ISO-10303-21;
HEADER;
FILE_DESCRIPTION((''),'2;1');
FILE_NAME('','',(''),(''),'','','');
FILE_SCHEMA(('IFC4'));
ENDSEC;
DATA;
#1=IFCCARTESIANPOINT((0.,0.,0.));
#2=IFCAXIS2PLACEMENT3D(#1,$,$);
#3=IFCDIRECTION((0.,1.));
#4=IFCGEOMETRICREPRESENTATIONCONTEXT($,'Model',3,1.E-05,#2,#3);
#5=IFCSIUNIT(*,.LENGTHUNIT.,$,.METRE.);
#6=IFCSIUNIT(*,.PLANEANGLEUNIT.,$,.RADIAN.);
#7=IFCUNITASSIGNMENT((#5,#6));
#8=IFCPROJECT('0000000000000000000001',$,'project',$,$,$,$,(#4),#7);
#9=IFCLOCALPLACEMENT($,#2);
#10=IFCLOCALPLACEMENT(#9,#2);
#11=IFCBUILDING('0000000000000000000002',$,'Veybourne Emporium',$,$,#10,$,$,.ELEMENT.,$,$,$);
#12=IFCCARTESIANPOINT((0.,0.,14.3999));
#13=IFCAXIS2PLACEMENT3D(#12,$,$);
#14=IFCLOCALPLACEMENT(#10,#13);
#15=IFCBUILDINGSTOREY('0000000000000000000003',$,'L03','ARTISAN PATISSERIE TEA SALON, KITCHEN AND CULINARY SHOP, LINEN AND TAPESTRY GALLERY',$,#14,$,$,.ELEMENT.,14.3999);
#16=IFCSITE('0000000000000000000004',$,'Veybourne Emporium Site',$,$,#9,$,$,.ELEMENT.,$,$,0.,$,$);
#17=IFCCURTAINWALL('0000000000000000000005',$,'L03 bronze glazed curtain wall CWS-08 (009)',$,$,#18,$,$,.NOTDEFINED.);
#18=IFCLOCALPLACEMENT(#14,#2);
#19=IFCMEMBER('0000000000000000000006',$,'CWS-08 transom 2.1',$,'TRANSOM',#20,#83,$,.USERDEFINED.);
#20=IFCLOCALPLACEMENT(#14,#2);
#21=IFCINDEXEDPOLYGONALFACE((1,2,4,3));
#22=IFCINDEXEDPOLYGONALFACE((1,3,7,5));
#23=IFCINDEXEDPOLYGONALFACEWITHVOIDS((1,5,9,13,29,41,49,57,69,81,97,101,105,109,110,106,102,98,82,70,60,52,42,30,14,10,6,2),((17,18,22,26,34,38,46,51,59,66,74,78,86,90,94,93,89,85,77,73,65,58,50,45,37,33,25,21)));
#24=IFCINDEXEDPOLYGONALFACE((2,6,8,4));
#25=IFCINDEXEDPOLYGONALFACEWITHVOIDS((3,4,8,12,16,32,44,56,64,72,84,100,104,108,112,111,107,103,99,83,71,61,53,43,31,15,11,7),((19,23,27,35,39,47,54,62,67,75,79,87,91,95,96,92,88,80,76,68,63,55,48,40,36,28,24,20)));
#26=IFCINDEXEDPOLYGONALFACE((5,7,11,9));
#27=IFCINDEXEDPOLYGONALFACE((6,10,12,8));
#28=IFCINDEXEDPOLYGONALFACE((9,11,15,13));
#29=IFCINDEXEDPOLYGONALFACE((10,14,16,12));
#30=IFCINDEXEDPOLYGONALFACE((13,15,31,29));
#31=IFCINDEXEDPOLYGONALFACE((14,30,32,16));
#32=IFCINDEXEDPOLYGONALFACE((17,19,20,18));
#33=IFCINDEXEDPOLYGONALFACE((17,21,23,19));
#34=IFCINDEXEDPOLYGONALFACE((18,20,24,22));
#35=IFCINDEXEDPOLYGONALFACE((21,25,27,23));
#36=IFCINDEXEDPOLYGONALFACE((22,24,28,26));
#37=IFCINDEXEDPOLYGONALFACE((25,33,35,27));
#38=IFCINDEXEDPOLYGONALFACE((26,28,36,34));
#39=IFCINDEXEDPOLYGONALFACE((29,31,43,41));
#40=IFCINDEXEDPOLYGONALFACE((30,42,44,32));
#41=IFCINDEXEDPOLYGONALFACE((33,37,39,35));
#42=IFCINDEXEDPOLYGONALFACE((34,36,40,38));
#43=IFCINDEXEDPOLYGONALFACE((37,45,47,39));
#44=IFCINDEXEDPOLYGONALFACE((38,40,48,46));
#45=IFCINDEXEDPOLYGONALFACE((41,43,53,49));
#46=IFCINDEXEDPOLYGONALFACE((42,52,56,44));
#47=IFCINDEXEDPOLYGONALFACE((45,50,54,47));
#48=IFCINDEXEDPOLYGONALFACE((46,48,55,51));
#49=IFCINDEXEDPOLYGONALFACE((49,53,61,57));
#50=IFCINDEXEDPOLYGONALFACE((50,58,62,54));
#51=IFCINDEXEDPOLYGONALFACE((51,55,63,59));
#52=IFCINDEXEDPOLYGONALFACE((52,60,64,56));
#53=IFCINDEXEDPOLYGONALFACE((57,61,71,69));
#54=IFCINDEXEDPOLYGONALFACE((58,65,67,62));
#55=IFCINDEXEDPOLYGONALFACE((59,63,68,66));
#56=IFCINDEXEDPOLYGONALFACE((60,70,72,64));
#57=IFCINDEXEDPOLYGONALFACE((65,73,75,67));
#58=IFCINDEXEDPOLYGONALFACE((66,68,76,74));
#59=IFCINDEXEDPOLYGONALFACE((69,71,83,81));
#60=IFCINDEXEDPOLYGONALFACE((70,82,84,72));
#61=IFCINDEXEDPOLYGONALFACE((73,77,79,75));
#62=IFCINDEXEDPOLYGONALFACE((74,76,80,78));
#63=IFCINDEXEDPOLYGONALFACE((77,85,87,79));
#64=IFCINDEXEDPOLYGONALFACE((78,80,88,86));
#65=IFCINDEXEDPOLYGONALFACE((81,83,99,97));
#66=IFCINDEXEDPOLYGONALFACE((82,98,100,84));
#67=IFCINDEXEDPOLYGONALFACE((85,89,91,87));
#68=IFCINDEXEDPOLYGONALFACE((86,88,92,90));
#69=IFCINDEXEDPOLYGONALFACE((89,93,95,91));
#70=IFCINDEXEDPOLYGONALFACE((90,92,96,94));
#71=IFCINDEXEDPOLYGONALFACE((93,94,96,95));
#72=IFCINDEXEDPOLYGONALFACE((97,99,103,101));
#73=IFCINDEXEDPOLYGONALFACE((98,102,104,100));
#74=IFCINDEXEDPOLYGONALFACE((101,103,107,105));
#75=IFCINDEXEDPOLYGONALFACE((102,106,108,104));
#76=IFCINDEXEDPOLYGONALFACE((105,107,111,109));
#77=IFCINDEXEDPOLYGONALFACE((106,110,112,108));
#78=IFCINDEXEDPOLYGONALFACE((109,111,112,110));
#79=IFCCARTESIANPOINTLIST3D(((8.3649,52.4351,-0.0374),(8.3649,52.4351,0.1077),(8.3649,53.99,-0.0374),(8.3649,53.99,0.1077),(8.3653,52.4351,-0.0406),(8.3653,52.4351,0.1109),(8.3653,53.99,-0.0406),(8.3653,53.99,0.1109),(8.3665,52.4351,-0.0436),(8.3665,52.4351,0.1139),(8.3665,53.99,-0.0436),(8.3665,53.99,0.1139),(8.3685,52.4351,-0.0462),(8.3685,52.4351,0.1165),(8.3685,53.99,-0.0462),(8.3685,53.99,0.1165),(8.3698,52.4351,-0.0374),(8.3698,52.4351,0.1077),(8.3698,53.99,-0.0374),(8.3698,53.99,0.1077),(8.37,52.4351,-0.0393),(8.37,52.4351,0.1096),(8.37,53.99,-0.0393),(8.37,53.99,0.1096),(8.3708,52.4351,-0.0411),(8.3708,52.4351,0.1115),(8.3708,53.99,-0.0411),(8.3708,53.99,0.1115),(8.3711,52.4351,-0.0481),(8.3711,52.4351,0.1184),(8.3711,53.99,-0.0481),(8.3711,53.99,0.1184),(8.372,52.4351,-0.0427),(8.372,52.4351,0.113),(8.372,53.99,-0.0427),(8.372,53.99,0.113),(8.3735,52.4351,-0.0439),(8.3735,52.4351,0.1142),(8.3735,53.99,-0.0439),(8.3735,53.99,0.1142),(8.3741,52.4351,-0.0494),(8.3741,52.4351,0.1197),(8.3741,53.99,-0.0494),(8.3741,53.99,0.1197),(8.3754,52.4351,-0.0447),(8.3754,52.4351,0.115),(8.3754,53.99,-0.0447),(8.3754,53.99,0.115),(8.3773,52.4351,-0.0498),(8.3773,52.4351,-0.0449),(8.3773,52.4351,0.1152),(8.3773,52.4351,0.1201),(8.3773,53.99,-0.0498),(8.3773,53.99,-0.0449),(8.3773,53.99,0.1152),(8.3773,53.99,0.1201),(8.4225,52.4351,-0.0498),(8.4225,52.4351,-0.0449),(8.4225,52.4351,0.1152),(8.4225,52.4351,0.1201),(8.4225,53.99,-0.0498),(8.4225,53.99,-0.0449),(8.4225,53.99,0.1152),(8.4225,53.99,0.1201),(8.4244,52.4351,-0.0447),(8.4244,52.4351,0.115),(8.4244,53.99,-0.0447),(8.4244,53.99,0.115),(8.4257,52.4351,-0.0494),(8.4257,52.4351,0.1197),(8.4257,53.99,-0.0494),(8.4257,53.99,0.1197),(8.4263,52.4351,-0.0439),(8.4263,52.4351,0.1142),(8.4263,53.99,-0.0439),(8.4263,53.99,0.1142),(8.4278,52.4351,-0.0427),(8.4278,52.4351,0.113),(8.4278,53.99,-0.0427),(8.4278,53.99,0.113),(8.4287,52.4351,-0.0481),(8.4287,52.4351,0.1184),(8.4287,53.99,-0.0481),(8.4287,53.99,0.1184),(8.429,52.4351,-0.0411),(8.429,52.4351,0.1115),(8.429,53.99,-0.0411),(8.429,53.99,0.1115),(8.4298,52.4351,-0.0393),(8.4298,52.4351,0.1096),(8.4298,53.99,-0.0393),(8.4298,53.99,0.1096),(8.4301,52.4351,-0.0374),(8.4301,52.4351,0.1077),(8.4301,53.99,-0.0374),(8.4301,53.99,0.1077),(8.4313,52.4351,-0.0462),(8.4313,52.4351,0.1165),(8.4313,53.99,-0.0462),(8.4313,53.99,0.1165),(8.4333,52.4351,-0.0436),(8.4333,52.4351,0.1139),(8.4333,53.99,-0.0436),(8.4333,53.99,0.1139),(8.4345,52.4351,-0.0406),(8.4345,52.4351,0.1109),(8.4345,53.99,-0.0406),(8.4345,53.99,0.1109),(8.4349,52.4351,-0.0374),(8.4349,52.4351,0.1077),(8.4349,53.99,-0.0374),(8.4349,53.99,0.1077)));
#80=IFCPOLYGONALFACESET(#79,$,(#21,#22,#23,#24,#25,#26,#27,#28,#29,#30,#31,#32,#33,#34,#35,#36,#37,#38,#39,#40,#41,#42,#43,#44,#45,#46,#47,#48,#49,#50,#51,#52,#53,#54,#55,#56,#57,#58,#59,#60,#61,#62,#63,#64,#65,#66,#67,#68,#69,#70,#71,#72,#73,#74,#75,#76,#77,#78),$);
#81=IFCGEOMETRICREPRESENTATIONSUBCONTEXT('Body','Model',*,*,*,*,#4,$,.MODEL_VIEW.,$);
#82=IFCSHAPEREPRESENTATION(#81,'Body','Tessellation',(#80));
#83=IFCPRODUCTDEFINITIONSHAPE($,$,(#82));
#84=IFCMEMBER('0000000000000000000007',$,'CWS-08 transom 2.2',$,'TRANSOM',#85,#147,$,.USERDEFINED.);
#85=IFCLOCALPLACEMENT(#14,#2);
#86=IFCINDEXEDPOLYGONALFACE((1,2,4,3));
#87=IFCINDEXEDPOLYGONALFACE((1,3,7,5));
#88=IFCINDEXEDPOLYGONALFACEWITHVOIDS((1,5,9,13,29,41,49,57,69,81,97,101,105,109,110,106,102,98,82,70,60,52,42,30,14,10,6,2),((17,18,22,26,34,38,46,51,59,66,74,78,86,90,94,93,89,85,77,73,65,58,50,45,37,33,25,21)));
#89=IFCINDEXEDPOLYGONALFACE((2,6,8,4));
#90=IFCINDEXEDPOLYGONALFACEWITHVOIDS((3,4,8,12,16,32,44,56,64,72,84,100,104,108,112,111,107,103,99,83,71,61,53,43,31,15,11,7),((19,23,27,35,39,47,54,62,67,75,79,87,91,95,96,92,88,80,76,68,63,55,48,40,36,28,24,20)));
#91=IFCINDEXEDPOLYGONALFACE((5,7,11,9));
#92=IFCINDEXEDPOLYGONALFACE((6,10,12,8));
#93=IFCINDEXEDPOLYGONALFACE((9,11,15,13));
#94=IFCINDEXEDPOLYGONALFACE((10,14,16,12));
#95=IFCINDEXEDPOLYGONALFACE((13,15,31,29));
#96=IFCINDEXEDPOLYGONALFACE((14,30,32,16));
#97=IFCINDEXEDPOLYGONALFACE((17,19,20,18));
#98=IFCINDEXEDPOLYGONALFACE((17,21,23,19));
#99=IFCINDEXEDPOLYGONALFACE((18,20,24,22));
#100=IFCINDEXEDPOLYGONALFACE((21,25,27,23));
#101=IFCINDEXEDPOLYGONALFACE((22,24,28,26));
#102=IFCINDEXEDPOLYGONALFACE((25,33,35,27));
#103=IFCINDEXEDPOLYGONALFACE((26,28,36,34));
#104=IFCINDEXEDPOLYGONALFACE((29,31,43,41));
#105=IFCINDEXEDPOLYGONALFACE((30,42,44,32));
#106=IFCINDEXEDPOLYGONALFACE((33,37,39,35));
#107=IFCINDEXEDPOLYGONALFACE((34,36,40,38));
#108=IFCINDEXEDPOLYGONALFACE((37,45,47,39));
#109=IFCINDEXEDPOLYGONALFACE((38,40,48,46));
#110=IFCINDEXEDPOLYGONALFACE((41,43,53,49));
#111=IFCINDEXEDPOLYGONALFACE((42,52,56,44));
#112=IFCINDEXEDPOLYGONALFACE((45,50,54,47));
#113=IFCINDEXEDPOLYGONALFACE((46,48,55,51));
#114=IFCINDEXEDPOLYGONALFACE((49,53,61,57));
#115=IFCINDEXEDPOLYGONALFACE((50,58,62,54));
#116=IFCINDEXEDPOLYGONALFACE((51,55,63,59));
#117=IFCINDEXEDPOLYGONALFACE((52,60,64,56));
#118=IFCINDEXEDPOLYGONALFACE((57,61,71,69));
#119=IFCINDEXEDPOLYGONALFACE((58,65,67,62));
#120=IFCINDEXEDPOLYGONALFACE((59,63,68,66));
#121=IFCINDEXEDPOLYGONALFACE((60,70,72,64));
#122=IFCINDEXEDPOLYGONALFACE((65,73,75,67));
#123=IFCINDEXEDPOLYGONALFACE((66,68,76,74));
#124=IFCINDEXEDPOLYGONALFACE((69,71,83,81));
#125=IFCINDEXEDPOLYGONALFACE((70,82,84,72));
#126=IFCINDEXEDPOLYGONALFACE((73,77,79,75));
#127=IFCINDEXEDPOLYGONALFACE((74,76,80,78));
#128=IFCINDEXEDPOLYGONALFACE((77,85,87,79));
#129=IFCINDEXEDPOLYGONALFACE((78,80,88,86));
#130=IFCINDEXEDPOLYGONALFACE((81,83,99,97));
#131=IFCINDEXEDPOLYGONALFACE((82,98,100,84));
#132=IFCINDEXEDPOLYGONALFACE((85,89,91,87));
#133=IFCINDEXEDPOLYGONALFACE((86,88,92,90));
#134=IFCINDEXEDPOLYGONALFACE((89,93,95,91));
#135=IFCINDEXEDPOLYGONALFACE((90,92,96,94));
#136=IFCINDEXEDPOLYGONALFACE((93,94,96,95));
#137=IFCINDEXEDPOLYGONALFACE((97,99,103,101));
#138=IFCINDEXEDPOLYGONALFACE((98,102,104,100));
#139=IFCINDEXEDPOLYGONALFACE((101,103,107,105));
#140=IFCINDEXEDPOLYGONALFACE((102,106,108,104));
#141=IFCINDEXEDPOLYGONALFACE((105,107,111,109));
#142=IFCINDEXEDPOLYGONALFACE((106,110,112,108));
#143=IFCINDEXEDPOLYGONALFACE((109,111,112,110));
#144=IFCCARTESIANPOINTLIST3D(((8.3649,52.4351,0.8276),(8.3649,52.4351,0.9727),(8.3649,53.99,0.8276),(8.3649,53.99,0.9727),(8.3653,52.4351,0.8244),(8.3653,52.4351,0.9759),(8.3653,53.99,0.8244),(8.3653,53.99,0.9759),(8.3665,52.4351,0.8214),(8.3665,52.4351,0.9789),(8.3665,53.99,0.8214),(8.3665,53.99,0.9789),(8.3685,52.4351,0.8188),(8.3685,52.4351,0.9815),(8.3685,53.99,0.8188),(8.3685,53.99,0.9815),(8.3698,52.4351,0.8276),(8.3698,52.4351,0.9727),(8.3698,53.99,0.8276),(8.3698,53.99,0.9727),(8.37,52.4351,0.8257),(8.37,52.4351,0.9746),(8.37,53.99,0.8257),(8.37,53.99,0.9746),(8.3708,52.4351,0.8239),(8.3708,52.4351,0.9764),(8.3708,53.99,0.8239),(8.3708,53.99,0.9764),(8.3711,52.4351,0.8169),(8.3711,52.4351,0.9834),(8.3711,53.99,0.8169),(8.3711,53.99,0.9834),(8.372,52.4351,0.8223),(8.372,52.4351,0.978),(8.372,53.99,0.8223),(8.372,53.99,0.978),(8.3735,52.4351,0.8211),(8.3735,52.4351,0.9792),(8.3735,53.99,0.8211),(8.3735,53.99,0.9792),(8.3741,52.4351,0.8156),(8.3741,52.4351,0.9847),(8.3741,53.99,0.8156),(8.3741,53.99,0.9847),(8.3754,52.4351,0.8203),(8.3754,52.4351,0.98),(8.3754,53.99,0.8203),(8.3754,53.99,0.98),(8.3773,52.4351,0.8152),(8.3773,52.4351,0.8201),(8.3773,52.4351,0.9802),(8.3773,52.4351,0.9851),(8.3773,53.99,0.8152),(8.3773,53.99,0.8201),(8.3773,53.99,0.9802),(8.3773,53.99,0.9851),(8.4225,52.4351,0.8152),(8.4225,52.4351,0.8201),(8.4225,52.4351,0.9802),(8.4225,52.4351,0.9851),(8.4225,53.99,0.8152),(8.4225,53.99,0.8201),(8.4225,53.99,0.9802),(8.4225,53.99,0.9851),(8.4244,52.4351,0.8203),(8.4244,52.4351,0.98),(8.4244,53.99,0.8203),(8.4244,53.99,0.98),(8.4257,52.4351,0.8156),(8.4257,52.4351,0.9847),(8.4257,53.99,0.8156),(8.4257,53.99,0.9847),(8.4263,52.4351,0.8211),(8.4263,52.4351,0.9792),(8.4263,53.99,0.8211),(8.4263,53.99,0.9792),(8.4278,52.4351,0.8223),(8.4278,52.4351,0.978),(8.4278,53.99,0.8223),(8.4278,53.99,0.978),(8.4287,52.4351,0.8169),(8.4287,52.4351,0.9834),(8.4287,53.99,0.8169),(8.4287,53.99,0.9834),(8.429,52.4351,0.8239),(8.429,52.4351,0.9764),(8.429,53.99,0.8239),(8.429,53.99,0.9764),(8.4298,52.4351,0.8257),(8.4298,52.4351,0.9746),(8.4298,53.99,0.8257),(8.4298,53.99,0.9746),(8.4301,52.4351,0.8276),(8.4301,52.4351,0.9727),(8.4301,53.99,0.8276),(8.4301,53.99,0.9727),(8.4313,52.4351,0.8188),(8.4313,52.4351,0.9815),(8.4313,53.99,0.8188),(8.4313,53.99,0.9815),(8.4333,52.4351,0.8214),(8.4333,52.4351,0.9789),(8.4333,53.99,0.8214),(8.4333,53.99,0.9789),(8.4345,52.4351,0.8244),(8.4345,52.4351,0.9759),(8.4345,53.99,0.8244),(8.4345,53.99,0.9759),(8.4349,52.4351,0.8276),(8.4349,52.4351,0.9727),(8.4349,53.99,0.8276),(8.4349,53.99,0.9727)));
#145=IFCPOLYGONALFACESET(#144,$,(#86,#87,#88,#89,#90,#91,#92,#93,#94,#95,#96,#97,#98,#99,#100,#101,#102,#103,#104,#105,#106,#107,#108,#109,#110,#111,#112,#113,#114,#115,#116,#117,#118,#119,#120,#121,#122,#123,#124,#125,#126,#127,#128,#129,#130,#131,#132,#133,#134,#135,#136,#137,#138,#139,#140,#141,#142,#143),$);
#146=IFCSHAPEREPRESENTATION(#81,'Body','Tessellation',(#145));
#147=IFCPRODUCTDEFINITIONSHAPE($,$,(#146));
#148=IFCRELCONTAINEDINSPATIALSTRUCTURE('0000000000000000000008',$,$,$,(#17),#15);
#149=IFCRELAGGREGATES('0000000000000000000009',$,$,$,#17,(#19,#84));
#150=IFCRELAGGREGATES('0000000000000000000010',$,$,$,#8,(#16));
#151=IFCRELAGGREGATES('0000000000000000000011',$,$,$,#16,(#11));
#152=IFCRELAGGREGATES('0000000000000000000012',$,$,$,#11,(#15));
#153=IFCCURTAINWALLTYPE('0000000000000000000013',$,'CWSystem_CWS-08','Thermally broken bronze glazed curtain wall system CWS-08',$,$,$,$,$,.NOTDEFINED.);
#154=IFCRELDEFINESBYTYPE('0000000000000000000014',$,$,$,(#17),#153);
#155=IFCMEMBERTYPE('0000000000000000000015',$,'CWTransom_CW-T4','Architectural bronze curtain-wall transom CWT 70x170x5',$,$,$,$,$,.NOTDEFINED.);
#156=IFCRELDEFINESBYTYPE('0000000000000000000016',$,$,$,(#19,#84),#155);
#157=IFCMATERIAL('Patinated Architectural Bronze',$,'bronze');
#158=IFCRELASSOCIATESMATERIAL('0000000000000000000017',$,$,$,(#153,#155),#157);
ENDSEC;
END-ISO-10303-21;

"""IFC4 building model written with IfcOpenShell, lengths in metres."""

from ifc_helpers import new_model, si_unit, direction, frame, origin, origin_2d, place, context, subcontext, project, spatial, hollow_rectangle, extrude, material, material_profile, profile_set, type_object, element, aggregate, save


model = new_model("IFC4")

# Units and contexts
model_context = context("Model", 3, precision=1e-05, world=origin(), true_north=direction((0.0, 1.0)))
body_context = subcontext(model_context, "Body", "Model", "MODEL_VIEW")
ifc_project = project(units=[si_unit("LENGTHUNIT", "METRE"), si_unit("PLANEANGLEUNIT", "RADIAN")], contexts=[model_context])

# Site, building, storey
site_placement = place(None, origin())
site = spatial("IfcSite", under=ifc_project, at=site_placement, Name="Veybourne Emporium Site", CompositionType="ELEMENT", RefElevation=0.0)
building_placement = place(site_placement, origin())
building = spatial("IfcBuilding", under=site, at=building_placement, Name="Veybourne Emporium", CompositionType="ELEMENT")
storey_placement = place(building_placement, frame((0.0, 0.0, 14.3999)))
storey = spatial("IfcBuildingStorey", under=building, at=storey_placement, Name="L03", Description="ARTISAN PATISSERIE TEA SALON, KITCHEN AND CULINARY SHOP, LINEN AND TAPESTRY GALLERY", CompositionType="ELEMENT", Elevation=14.3999)

# Curtain wall
ifc_material_1 = material(Name="Patinated Architectural Bronze", Category="bronze")
curtain_wall_type_1 = type_object("IfcCurtainWallType", Name="CWSystem_CWS-08", Description="Thermally broken bronze glazed curtain wall system CWS-08", PredefinedType="NOTDEFINED", material=ifc_material_1)
curtain_wall_1_placement = place(storey_placement, origin())
curtain_wall_1 = element("IfcCurtainWall", 1, at=curtain_wall_1_placement, inside=storey, type_object=curtain_wall_type_1, Name="L03 bronze glazed curtain wall CWS-08 (009)", PredefinedType="NOTDEFINED")

# Members
ifc_material_profile_1 = material_profile(ifc_material_1, hollow_rectangle(XDim=0.0701, YDim=0.1699, WallThickness=0.0049, InnerFilletRadius=0.0076, OuterFilletRadius=0.0125, at=origin_2d()), Name="CWT 70x170x5")
ifc_profile_set_1 = profile_set([ifc_material_profile_1], Name="Patinated Architectural Bronze")
member_type_1 = type_object("IfcMemberType", Name="CWTransom_CW-T4", Description="Architectural bronze curtain-wall transom CWT 70x170x5", PredefinedType="NOTDEFINED", material=ifc_profile_set_1)
member_1_placement = place(storey_placement, frame((8.3999, 52.4351, 0.0352), z_axis=(0.0, 1.0, 0.0), x_axis=(-1.0, 0.0, 0.0)))
member_1 = element("IfcMember", 2, at=member_1_placement, type_object=member_type_1, Name="CWS-08 transom 2.1", ObjectType="TRANSOM", PredefinedType="USERDEFINED", context=body_context, shape_type="SweptSolid", body=[
    extrude(hollow_rectangle(XDim=0.0701, YDim=0.1699, WallThickness=0.0049, InnerFilletRadius=0.0076, OuterFilletRadius=0.0125, at=origin_2d()), origin(), (0.0, 0.0, 1.0), 1.5549),
])
member_2_placement = place(storey_placement, frame((8.3999, 52.4351, 0.9001), z_axis=(0.0, 1.0, 0.0), x_axis=(-1.0, 0.0, 0.0)))
member_2 = element("IfcMember", 3, at=member_2_placement, type_object=member_type_1, Name="CWS-08 transom 2.2", ObjectType="TRANSOM", PredefinedType="USERDEFINED", context=body_context, shape_type="SweptSolid", body=[
    extrude(hollow_rectangle(XDim=0.0701, YDim=0.1699, WallThickness=0.0049, InnerFilletRadius=0.0076, OuterFilletRadius=0.0125, at=origin_2d()), origin(), (0.0, 0.0, 1.0), 1.5549),
])

aggregate(curtain_wall_1, [member_1, member_2])

save(model, "model.ifc")
